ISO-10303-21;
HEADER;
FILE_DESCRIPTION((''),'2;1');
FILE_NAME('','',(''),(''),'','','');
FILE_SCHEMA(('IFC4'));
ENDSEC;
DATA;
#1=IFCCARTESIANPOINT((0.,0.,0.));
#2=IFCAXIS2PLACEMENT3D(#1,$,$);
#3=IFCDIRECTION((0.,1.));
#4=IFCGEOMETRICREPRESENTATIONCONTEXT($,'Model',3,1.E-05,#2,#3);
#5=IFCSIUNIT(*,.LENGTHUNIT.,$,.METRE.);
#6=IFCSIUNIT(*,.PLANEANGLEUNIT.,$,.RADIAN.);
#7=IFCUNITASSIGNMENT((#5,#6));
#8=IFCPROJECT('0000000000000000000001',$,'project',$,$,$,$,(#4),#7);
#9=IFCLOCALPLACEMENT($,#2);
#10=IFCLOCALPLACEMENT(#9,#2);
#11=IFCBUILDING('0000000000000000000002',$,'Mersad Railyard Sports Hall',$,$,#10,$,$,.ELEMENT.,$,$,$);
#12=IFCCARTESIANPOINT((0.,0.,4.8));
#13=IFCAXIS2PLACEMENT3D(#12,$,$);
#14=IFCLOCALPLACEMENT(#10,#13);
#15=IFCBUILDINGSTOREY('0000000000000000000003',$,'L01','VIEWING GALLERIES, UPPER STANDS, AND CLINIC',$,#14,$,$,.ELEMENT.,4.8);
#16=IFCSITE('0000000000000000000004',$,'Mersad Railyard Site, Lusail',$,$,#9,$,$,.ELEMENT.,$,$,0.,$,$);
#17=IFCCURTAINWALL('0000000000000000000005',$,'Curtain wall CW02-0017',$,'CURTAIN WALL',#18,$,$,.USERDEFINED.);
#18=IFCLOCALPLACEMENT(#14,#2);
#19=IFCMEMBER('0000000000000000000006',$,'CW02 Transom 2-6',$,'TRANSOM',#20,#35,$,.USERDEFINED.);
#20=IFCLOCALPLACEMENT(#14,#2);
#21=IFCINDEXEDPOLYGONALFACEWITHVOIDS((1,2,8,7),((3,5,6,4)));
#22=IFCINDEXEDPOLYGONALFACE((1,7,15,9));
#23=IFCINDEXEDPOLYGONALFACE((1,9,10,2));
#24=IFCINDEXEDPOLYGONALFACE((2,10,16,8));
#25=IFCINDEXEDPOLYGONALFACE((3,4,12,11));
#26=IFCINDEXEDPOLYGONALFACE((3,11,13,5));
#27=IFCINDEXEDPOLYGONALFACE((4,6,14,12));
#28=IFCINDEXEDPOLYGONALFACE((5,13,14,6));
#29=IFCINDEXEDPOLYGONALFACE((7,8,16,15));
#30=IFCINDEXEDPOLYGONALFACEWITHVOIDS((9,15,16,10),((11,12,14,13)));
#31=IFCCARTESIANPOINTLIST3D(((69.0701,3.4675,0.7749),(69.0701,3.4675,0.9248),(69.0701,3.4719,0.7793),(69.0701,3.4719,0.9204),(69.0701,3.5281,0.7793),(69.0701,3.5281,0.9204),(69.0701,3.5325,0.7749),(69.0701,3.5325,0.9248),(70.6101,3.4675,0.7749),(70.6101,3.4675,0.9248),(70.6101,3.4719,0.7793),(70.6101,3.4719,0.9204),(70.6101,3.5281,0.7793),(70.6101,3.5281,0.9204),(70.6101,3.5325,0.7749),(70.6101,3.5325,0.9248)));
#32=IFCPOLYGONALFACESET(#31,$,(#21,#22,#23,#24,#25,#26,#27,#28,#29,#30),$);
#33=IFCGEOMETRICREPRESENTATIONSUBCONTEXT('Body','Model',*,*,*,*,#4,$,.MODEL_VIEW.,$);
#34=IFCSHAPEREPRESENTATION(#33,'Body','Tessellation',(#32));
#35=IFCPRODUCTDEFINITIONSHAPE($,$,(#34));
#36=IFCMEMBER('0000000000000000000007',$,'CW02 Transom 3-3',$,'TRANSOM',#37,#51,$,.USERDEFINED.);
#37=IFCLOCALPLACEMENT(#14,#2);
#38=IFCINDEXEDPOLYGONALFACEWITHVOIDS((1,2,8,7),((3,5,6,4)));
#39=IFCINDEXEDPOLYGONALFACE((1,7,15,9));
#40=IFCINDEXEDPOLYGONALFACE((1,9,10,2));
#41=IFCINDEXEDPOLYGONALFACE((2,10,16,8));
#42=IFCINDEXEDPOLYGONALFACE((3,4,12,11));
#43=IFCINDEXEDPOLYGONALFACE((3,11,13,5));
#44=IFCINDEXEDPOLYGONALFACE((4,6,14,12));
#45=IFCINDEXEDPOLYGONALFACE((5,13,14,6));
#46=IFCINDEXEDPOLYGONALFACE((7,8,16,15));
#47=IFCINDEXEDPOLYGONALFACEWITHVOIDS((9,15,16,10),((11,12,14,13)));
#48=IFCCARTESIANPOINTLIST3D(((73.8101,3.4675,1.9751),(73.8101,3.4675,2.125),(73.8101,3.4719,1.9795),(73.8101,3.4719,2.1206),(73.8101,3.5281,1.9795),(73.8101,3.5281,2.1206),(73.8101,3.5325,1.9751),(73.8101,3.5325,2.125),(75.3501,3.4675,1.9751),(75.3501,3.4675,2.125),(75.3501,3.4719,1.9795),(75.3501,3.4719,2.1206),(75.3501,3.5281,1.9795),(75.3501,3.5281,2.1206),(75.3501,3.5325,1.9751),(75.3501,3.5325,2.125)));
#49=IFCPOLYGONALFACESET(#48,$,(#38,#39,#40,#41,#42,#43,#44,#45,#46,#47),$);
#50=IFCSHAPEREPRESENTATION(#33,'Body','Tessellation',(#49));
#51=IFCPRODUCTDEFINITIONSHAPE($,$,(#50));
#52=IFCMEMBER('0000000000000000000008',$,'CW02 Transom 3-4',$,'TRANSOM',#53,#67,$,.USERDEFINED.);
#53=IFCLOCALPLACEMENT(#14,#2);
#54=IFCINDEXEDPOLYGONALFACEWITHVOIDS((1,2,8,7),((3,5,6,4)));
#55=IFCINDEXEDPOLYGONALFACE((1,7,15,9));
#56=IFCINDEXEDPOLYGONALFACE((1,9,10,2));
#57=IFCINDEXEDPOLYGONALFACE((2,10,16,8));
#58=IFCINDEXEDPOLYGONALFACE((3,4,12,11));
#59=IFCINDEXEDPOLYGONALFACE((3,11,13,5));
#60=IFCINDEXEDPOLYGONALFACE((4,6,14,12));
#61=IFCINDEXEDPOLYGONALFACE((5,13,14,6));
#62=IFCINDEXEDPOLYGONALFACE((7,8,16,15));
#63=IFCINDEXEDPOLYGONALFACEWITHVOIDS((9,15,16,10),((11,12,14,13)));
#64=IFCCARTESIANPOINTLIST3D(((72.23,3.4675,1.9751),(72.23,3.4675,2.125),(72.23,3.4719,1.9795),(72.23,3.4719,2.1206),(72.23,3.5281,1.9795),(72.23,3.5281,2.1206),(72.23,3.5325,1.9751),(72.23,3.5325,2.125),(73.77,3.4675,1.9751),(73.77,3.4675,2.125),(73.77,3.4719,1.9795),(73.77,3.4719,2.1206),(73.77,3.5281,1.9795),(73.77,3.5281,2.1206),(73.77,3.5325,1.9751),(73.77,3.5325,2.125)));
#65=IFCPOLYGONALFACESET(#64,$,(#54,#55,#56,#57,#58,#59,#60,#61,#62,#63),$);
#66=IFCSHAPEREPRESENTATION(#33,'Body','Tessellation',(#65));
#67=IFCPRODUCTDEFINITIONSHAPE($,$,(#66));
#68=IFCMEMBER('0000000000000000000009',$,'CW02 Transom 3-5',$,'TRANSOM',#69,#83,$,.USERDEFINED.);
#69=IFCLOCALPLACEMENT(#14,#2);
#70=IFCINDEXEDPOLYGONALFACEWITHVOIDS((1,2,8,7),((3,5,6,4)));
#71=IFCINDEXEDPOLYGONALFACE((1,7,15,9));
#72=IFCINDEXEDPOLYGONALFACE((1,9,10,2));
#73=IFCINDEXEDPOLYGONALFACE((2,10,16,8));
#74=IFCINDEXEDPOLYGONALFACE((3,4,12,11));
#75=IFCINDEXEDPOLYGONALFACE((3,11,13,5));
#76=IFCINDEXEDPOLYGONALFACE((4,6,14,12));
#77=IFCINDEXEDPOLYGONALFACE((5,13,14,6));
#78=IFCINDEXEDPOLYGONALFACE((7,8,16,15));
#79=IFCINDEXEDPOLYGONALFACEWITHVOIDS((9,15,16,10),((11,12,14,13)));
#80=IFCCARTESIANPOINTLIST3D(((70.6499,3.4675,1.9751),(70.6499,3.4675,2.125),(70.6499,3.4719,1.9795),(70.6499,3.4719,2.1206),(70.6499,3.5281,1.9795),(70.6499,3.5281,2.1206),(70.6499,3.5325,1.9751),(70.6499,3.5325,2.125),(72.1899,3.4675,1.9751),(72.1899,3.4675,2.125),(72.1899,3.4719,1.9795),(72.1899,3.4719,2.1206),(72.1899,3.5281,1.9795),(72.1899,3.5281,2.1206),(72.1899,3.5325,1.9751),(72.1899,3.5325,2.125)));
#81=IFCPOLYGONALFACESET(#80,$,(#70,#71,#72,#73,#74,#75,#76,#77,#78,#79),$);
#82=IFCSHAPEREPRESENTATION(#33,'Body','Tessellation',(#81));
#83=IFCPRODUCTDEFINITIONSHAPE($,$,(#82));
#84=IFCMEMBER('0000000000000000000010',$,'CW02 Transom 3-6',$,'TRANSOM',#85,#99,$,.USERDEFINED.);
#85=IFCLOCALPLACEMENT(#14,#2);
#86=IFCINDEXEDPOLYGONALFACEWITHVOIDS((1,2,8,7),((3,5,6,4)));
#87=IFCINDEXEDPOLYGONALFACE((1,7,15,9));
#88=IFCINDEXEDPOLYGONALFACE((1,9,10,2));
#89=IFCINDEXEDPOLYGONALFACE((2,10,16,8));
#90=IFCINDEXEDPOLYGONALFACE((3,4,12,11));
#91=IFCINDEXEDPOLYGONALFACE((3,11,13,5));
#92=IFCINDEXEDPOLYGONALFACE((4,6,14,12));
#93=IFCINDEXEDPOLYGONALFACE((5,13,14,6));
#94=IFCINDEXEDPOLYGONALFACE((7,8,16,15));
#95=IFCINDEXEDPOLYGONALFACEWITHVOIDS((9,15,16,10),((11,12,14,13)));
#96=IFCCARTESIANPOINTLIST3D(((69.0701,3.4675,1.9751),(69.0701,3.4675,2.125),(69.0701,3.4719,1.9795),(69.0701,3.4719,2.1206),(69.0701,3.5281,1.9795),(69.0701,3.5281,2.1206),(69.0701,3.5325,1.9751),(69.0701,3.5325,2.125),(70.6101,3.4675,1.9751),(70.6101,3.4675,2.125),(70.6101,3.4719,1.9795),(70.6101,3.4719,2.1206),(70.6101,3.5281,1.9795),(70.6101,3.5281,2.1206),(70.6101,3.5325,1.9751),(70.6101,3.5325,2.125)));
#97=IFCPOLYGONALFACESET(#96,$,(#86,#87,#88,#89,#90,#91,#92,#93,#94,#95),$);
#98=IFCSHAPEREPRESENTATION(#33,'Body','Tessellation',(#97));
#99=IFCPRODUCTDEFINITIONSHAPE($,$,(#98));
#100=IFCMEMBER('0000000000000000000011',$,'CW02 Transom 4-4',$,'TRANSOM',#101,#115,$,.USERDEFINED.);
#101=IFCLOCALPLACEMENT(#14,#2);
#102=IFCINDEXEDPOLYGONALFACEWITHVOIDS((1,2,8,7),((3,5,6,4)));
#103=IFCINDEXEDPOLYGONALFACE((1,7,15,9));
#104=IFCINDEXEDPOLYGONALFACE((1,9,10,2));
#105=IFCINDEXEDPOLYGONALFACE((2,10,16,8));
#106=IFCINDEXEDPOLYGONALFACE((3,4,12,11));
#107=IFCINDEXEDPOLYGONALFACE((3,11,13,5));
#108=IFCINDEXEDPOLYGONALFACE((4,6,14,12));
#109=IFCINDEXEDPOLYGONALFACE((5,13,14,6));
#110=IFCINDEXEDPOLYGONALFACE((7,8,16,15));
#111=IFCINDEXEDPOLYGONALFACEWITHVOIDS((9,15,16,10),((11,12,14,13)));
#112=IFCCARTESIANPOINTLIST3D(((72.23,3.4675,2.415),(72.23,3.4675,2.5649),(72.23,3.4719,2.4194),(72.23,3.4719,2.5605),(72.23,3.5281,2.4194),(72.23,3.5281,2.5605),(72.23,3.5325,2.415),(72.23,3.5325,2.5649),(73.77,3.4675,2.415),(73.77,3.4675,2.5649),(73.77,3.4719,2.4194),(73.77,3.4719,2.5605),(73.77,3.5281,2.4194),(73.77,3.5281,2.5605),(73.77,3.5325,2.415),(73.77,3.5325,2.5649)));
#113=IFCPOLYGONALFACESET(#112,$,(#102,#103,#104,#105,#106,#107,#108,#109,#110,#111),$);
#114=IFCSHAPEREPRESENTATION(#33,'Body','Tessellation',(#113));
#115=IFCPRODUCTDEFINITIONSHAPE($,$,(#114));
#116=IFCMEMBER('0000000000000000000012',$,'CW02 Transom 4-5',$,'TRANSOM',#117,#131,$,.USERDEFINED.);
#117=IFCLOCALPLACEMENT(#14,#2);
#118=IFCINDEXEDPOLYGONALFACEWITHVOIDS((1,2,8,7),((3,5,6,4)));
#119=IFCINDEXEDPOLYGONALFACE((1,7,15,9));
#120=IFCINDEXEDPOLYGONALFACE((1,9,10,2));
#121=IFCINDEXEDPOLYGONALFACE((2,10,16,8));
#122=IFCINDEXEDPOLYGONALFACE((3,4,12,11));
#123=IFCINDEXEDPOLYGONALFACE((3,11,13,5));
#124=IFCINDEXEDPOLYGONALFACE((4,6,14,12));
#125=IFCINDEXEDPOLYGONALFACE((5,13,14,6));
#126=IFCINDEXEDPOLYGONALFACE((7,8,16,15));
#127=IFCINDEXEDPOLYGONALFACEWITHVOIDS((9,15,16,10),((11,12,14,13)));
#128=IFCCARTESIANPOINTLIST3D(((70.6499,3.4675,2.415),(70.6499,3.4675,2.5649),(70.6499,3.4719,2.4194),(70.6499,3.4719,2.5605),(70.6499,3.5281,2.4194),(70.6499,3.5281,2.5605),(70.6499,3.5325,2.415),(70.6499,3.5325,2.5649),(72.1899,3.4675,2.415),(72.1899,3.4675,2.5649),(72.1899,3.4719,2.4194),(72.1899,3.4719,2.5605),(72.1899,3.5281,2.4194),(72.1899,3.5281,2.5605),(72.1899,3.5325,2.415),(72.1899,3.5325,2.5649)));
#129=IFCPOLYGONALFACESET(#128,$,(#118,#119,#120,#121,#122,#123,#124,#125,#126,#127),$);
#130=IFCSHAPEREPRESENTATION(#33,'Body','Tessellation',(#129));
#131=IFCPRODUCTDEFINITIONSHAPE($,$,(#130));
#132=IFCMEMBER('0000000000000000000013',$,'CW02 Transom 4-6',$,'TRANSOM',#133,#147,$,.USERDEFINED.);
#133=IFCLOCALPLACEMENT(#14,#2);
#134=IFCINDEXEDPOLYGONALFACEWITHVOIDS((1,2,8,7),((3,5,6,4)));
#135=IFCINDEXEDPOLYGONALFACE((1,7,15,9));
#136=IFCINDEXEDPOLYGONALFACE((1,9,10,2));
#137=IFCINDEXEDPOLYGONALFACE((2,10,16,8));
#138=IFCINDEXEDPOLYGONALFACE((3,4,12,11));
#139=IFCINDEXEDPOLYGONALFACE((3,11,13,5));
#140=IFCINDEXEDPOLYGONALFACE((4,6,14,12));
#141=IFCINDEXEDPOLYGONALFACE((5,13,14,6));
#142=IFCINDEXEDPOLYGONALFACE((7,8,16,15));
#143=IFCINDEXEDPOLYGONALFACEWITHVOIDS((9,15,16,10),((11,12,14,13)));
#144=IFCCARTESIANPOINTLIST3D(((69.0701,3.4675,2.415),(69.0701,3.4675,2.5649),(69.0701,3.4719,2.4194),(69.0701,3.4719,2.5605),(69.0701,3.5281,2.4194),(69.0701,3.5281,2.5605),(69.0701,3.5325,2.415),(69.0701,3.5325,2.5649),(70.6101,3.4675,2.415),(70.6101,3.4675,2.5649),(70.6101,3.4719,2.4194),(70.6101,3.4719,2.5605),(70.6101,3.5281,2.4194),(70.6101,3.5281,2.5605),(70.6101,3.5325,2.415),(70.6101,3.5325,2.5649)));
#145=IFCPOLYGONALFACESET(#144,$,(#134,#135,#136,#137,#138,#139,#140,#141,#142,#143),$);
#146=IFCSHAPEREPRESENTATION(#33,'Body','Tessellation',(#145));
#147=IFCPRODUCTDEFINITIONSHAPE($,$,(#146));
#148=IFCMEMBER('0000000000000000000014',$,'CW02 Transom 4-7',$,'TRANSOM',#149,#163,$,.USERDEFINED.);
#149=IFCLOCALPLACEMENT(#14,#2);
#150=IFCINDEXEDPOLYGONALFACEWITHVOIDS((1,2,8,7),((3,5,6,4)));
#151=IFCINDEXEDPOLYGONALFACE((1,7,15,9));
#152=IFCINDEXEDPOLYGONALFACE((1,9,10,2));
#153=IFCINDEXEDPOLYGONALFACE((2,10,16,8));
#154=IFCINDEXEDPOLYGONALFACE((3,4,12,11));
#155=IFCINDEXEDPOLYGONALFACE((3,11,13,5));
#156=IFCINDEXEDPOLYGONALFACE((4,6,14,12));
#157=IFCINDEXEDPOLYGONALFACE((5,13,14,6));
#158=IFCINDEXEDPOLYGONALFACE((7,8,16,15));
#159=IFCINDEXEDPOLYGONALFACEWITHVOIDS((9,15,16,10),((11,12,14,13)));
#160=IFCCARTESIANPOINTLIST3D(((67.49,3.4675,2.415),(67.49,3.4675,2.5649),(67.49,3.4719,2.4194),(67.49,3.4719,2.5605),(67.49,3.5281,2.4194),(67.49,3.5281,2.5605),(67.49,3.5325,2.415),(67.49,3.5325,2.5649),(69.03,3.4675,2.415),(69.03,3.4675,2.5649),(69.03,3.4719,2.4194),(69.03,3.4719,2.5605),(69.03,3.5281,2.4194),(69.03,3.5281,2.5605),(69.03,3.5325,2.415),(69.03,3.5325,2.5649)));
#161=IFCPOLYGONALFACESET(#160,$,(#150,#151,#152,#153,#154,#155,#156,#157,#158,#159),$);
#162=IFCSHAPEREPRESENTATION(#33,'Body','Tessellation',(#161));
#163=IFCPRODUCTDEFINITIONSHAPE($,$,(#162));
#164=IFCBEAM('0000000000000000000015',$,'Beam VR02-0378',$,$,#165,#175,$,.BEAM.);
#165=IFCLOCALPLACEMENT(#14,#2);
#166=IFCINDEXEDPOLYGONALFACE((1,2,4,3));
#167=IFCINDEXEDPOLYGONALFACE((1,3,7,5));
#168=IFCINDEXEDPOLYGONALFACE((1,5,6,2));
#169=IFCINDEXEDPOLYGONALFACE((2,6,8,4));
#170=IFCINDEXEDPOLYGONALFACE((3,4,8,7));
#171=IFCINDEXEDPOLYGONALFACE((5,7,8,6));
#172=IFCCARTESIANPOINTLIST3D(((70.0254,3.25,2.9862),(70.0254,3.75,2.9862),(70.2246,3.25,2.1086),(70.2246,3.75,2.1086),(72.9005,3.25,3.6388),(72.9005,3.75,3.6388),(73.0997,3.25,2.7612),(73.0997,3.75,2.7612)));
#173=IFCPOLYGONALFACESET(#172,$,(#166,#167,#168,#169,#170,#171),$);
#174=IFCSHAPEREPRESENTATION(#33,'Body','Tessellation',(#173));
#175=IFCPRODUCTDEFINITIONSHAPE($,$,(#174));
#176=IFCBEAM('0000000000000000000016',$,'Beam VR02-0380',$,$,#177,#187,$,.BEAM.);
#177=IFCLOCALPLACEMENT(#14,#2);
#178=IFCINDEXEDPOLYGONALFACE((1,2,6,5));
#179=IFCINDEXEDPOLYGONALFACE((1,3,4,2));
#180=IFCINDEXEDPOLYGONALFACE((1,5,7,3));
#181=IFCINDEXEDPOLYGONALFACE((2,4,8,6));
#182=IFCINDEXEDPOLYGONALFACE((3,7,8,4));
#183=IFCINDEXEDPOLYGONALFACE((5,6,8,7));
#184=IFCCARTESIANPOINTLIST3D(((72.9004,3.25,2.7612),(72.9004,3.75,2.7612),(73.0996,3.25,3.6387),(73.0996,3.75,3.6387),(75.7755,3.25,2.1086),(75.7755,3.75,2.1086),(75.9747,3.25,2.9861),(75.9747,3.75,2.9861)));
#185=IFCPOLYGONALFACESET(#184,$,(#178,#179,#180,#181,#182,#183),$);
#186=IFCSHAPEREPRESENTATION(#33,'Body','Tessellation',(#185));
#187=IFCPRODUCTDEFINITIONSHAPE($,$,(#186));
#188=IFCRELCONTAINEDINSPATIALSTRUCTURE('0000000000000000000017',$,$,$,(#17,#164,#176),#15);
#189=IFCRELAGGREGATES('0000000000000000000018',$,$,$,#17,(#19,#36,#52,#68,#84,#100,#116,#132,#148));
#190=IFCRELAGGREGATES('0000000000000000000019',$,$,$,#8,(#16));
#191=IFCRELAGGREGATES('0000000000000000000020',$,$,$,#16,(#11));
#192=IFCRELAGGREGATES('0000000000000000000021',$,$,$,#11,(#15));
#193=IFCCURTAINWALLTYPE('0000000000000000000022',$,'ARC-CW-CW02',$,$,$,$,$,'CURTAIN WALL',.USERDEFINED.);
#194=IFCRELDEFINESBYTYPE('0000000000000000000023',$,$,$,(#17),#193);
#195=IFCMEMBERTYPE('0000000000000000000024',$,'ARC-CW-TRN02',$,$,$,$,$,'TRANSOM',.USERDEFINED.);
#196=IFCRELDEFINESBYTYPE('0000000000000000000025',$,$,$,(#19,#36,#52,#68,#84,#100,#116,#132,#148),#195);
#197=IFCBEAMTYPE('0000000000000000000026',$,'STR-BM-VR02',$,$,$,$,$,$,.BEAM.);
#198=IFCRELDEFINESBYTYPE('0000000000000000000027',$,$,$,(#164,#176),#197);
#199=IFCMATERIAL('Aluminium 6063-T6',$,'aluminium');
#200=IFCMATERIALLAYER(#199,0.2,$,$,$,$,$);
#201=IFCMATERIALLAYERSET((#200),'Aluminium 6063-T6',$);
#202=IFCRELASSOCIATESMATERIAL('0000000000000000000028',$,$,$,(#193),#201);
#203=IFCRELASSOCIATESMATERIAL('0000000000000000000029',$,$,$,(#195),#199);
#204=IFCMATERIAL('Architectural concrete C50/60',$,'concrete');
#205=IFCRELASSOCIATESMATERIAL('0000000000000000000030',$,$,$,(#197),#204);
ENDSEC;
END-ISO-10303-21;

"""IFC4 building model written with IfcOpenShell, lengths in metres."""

from ifc_helpers import new_model, si_unit, direction, frame, origin, origin_2d, place, context, subcontext, project, spatial, rectangle, hollow_rectangle, extrude, material, layer, layer_set, material_profile, profile_set, type_object, element, aggregate, save


model = new_model("IFC4")

# Units and contexts
model_context = context("Model", 3, precision=1e-05, world=origin(), true_north=direction((0.0, 1.0)))
body_context = subcontext(model_context, "Body", "Model", "MODEL_VIEW")
ifc_project = project(units=[si_unit("LENGTHUNIT", "METRE"), si_unit("PLANEANGLEUNIT", "RADIAN")], contexts=[model_context])

# Site, building, storey
site_placement = place(None, origin())
site = spatial("IfcSite", under=ifc_project, at=site_placement, Name="Mersad Railyard Site, Lusail", CompositionType="ELEMENT", RefElevation=0.0)
building_placement = place(site_placement, origin())
building = spatial("IfcBuilding", under=site, at=building_placement, Name="Mersad Railyard Sports Hall", CompositionType="ELEMENT")
storey_placement = place(building_placement, frame((0.0, 0.0, 4.8)))
storey = spatial("IfcBuildingStorey", under=building, at=storey_placement, Name="L01", Description="VIEWING GALLERIES, UPPER STANDS, AND CLINIC", CompositionType="ELEMENT", Elevation=4.8)

# Curtain wall, members
ifc_material_1 = material(Name="Aluminium 6063-T6", Category="aluminium")
ifc_layer_1 = layer(ifc_material_1, 0.2)
ifc_layer_set_1 = layer_set([ifc_layer_1], Name="Aluminium 6063-T6")
curtain_wall_type = type_object("IfcCurtainWallType", Name="ARC-CW-CW02", ElementType="CURTAIN WALL", PredefinedType="USERDEFINED", material=ifc_layer_set_1)
curtain_wall_placement = place(storey_placement, origin())
curtain_wall = element("IfcCurtainWall", 1, at=curtain_wall_placement, inside=storey, type_object=curtain_wall_type, Name="Curtain wall CW02-0017", ObjectType="CURTAIN WALL", PredefinedType="USERDEFINED")
ifc_material_profile_1 = material_profile(ifc_material_1, hollow_rectangle(XDim=0.0649, YDim=0.1499, WallThickness=0.0044, at=origin_2d()), Name="AL TRANSOM 65x150x4.5")
ifc_profile_set_1 = profile_set([ifc_material_profile_1], Name="Aluminium 6063-T6")
member_type_1 = type_object("IfcMemberType", Name="ARC-CW-TRN02", ElementType="TRANSOM", PredefinedType="USERDEFINED", material=ifc_profile_set_1)
member_1_placement = place(storey_placement, frame((70.6101, 3.5, 0.8499), z_axis=(-1.0, 0.0, 0.0), x_axis=(0.0, -1.0, 0.0)))
member_1 = element("IfcMember", 2, at=member_1_placement, type_object=member_type_1, Name="CW02 Transom 2-6", ObjectType="TRANSOM", PredefinedType="USERDEFINED", context=body_context, shape_type="SweptSolid", body=[
    extrude(hollow_rectangle(XDim=0.0649, YDim=0.1499, WallThickness=0.0044, at=origin_2d()), origin(), (0.0, 0.0, 1.0), 1.54),
])
member_2_placement = place(storey_placement, frame((75.3501, 3.5, 2.05), z_axis=(-1.0, 0.0, 0.0), x_axis=(0.0, -1.0, 0.0)))
member_2 = element("IfcMember", 3, at=member_2_placement, type_object=member_type_1, Name="CW02 Transom 3-3", ObjectType="TRANSOM", PredefinedType="USERDEFINED", context=body_context, shape_type="SweptSolid", body=[
    extrude(hollow_rectangle(XDim=0.0649, YDim=0.1499, WallThickness=0.0044, at=origin_2d()), origin(), (0.0, 0.0, 1.0), 1.54),
])
member_3_placement = place(storey_placement, frame((73.77, 3.5, 2.05), z_axis=(-1.0, 0.0, 0.0), x_axis=(0.0, -1.0, 0.0)))
member_3 = element("IfcMember", 4, at=member_3_placement, type_object=member_type_1, Name="CW02 Transom 3-4", ObjectType="TRANSOM", PredefinedType="USERDEFINED", context=body_context, shape_type="SweptSolid", body=[
    extrude(hollow_rectangle(XDim=0.0649, YDim=0.1499, WallThickness=0.0044, at=origin_2d()), origin(), (0.0, 0.0, 1.0), 1.54),
])
member_4_placement = place(storey_placement, frame((72.1899, 3.5, 2.05), z_axis=(-1.0, 0.0, 0.0), x_axis=(0.0, -1.0, 0.0)))
member_4 = element("IfcMember", 5, at=member_4_placement, type_object=member_type_1, Name="CW02 Transom 3-5", ObjectType="TRANSOM", PredefinedType="USERDEFINED", context=body_context, shape_type="SweptSolid", body=[
    extrude(hollow_rectangle(XDim=0.0649, YDim=0.1499, WallThickness=0.0044, at=origin_2d()), origin(), (0.0, 0.0, 1.0), 1.54),
])
member_5_placement = place(storey_placement, frame((70.6101, 3.5, 2.05), z_axis=(-1.0, 0.0, 0.0), x_axis=(0.0, -1.0, 0.0)))
member_5 = element("IfcMember", 6, at=member_5_placement, type_object=member_type_1, Name="CW02 Transom 3-6", ObjectType="TRANSOM", PredefinedType="USERDEFINED", context=body_context, shape_type="SweptSolid", body=[
    extrude(hollow_rectangle(XDim=0.0649, YDim=0.1499, WallThickness=0.0044, at=origin_2d()), origin(), (0.0, 0.0, 1.0), 1.54),
])
member_6_placement = place(storey_placement, frame((73.77, 3.5, 2.49), z_axis=(-1.0, 0.0, 0.0), x_axis=(0.0, -1.0, 0.0)))
member_6 = element("IfcMember", 7, at=member_6_placement, type_object=member_type_1, Name="CW02 Transom 4-4", ObjectType="TRANSOM", PredefinedType="USERDEFINED", context=body_context, shape_type="SweptSolid", body=[
    extrude(hollow_rectangle(XDim=0.0649, YDim=0.1499, WallThickness=0.0044, at=origin_2d()), origin(), (0.0, 0.0, 1.0), 1.54),
])
member_7_placement = place(storey_placement, frame((72.1899, 3.5, 2.49), z_axis=(-1.0, 0.0, 0.0), x_axis=(0.0, -1.0, 0.0)))
member_7 = element("IfcMember", 8, at=member_7_placement, type_object=member_type_1, Name="CW02 Transom 4-5", ObjectType="TRANSOM", PredefinedType="USERDEFINED", context=body_context, shape_type="SweptSolid", body=[
    extrude(hollow_rectangle(XDim=0.0649, YDim=0.1499, WallThickness=0.0044, at=origin_2d()), origin(), (0.0, 0.0, 1.0), 1.54),
])
member_8_placement = place(storey_placement, frame((70.6101, 3.5, 2.49), z_axis=(-1.0, 0.0, 0.0), x_axis=(0.0, -1.0, 0.0)))
member_8 = element("IfcMember", 9, at=member_8_placement, type_object=member_type_1, Name="CW02 Transom 4-6", ObjectType="TRANSOM", PredefinedType="USERDEFINED", context=body_context, shape_type="SweptSolid", body=[
    extrude(hollow_rectangle(XDim=0.0649, YDim=0.1499, WallThickness=0.0044, at=origin_2d()), origin(), (0.0, 0.0, 1.0), 1.54),
])
member_9_placement = place(storey_placement, frame((69.03, 3.5, 2.49), z_axis=(-1.0, 0.0, 0.0), x_axis=(0.0, -1.0, 0.0)))
member_9 = element("IfcMember", 10, at=member_9_placement, type_object=member_type_1, Name="CW02 Transom 4-7", ObjectType="TRANSOM", PredefinedType="USERDEFINED", context=body_context, shape_type="SweptSolid", body=[
    extrude(hollow_rectangle(XDim=0.0649, YDim=0.1499, WallThickness=0.0044, at=origin_2d()), origin(), (0.0, 0.0, 1.0), 1.54),
])

# Beams
ifc_material_2 = material(Name="Architectural concrete C50/60", Category="concrete")
ifc_material_profile_2 = material_profile(ifc_material_2, rectangle(XDim=0.5, YDim=0.8999, at=origin_2d()), Name="VR 500x900")
ifc_profile_set_2 = profile_set([ifc_material_profile_2], Name="Architectural concrete C50/60")
beam_type = type_object("IfcBeamType", Name="STR-BM-VR02", PredefinedType="BEAM", material=ifc_profile_set_2)
for number, where, z_axis, x_axis, name in (
    (11, (70.125, 3.5, 2.5474), (0.975193, 0.0, 0.221356), (0.0, 1.0, 0.0), "Beam VR02-0378"),
    (12, (73.0, 3.5, 3.2), (0.975193, 0.0, -0.221356), (0.0, 1.0, 0.0), "Beam VR02-0380"),
):
    element("IfcBeam", number, at=place(storey_placement, frame(where, z_axis=z_axis, x_axis=x_axis)), inside=storey, type_object=beam_type, Name=name, PredefinedType="BEAM", context=body_context, shape_type="SweptSolid", body=[
        extrude(rectangle(XDim=0.5, YDim=0.8999, at=origin_2d()), origin(), (0.0, 0.0, 1.0), 2.9482),
    ])

aggregate(curtain_wall, [member_1, member_2, member_3, member_4, member_5, member_6, member_7, member_8, member_9])

save(model, "model.ifc")
